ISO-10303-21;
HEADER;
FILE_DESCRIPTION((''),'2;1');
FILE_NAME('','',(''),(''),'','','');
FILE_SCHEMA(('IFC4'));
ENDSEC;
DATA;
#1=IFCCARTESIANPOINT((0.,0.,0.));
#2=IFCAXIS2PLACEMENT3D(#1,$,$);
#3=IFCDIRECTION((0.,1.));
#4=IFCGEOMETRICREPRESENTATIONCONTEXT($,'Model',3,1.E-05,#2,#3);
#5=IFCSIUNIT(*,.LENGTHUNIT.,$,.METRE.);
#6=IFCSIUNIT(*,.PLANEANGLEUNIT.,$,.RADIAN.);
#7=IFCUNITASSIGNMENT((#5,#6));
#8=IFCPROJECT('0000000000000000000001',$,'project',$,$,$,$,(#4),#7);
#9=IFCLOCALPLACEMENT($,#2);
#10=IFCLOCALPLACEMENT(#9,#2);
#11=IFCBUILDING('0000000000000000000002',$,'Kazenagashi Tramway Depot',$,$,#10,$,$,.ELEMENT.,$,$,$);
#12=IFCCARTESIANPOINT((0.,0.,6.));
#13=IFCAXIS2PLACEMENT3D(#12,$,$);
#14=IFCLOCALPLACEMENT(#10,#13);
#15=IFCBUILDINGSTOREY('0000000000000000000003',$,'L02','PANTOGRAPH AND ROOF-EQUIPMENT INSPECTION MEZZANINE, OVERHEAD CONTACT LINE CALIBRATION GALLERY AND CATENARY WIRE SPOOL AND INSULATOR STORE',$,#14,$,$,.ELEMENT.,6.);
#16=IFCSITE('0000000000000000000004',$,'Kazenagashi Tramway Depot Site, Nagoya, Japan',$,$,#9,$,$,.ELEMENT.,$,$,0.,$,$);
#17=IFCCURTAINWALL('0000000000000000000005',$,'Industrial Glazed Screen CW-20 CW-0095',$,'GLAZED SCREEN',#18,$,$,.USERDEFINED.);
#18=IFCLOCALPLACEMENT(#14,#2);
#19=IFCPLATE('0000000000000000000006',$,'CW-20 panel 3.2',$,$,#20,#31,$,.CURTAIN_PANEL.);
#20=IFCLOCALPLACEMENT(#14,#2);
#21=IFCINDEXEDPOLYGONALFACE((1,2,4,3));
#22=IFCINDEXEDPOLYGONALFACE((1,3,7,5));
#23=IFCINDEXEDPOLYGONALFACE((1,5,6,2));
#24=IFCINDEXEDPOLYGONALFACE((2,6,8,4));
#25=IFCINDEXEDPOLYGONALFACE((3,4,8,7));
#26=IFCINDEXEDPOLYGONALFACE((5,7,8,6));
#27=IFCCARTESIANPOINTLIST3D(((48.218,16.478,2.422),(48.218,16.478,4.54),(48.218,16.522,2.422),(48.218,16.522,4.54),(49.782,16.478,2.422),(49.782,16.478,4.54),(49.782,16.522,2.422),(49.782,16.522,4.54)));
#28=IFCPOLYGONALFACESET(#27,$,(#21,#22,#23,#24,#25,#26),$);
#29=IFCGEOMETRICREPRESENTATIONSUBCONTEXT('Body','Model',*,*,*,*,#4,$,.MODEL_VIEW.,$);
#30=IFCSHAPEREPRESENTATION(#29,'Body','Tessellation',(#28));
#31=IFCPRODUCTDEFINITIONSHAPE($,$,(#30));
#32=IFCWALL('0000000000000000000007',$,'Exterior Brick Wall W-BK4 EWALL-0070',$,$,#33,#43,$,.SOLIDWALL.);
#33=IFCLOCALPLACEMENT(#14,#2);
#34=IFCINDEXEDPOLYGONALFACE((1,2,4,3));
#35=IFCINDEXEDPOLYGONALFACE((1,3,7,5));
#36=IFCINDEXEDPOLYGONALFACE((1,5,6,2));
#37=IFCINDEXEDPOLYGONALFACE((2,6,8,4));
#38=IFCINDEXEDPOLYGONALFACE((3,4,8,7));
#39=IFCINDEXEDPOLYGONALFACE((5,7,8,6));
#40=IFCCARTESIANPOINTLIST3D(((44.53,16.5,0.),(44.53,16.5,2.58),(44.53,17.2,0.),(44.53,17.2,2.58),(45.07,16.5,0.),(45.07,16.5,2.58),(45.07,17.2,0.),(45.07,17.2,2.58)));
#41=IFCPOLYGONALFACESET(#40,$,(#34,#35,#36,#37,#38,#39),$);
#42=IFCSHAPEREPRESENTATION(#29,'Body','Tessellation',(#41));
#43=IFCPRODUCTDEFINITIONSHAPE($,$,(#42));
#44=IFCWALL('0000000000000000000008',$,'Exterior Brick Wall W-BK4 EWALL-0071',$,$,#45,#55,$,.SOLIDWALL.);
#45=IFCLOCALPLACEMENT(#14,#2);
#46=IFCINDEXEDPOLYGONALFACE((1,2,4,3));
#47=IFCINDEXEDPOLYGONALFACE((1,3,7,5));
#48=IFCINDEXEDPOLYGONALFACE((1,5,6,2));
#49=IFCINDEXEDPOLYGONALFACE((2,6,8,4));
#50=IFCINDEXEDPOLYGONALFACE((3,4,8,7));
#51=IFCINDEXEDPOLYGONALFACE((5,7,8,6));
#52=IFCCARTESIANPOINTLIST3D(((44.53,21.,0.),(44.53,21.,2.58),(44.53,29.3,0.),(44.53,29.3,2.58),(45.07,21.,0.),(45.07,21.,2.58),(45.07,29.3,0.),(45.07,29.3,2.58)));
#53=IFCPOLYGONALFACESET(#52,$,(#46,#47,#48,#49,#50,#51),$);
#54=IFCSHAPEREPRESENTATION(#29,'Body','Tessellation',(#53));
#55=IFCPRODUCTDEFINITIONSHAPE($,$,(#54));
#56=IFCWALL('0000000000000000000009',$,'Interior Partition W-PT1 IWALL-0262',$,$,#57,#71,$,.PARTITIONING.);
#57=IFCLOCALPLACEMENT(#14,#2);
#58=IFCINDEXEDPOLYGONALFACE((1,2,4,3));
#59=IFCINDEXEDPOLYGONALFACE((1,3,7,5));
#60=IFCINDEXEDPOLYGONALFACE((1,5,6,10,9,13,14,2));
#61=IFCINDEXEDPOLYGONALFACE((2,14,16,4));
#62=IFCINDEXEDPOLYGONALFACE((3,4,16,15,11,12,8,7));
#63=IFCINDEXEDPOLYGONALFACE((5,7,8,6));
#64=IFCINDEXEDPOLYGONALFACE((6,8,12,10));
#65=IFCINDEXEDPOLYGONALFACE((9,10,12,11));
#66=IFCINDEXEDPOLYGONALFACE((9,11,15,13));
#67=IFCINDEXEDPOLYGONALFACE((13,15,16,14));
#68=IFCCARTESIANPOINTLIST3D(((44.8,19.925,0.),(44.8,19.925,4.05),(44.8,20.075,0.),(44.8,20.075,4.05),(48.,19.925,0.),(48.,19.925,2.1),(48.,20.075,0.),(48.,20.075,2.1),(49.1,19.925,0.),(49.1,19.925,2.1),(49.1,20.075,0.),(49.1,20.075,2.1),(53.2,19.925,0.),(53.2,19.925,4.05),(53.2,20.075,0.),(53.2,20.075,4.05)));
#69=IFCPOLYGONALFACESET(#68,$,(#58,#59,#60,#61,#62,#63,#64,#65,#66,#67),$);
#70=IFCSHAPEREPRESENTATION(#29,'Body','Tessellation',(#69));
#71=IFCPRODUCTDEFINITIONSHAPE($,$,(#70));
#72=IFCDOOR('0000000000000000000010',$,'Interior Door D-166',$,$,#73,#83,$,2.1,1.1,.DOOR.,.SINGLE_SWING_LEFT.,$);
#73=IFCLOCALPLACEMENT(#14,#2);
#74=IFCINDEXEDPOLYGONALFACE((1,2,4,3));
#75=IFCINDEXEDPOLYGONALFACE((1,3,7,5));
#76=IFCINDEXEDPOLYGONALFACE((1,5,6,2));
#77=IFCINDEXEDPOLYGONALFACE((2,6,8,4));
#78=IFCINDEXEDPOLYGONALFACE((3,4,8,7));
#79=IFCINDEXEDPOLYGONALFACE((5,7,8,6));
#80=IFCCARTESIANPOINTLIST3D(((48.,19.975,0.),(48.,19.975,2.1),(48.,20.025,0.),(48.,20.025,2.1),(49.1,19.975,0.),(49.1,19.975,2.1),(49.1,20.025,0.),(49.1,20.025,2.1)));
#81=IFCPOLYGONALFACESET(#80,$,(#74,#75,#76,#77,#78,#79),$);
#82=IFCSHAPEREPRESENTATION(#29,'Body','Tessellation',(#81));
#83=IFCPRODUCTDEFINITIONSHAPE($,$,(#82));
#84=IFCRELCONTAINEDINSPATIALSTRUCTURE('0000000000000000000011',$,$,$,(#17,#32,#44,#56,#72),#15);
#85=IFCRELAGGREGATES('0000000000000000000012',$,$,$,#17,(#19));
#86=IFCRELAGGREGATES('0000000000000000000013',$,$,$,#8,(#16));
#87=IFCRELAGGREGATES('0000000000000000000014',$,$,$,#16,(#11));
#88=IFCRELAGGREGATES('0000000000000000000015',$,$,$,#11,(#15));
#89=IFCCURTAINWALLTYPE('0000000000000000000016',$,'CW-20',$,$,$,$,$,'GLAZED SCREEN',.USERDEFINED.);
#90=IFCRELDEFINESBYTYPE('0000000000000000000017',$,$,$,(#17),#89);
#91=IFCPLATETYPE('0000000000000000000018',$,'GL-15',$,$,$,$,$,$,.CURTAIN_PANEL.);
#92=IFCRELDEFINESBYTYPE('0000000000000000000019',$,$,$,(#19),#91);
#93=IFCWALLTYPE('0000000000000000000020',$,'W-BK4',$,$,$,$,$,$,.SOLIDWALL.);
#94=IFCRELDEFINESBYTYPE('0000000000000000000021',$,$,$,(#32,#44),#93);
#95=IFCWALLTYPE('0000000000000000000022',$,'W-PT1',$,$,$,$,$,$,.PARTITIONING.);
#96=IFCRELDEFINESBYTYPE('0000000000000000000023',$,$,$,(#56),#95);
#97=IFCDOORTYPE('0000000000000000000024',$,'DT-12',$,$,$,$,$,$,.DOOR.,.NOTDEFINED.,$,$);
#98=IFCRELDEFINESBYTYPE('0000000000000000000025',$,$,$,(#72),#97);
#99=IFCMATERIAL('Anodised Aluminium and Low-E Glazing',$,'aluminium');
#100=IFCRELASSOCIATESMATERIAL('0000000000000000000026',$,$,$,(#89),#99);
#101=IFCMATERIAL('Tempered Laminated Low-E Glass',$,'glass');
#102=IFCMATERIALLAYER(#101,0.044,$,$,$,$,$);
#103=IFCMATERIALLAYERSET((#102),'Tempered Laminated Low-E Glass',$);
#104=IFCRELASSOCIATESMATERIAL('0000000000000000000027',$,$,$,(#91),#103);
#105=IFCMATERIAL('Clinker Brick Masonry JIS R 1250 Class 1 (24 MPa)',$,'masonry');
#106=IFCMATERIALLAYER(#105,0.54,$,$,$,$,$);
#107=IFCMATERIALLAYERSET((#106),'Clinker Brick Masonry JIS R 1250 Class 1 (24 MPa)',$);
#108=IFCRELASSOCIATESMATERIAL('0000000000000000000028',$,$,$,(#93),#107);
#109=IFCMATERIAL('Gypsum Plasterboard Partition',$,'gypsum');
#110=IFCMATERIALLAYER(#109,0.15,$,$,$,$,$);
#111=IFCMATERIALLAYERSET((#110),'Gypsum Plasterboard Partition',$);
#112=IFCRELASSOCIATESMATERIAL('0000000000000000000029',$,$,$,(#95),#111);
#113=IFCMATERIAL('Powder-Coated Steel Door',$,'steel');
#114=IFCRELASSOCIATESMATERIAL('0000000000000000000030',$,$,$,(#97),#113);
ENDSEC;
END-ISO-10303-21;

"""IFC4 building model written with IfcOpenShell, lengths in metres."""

from ifc_helpers import new_model, si_unit, direction, frame, frame_2d, origin, origin_2d, place, context, subcontext, project, spatial, rectangle, extrude, material, layer, layer_set, type_object, element, fill, aggregate, save


model = new_model("IFC4")

# Units and contexts
model_context = context("Model", 3, precision=1e-05, world=origin(), true_north=direction((0.0, 1.0)))
body_context = subcontext(model_context, "Body", "Model", "MODEL_VIEW")
ifc_project = project(units=[si_unit("LENGTHUNIT", "METRE"), si_unit("PLANEANGLEUNIT", "RADIAN")], contexts=[model_context])

# Site, building, storey
site_placement = place(None, origin())
site = spatial("IfcSite", under=ifc_project, at=site_placement, Name="Kazenagashi Tramway Depot Site, Nagoya, Japan", CompositionType="ELEMENT", RefElevation=0.0)
building_placement = place(site_placement, origin())
building = spatial("IfcBuilding", under=site, at=building_placement, Name="Kazenagashi Tramway Depot", CompositionType="ELEMENT")
storey_placement = place(building_placement, frame((0.0, 0.0, 6.0)))
storey = spatial("IfcBuildingStorey", under=building, at=storey_placement, Name="L02", Description="PANTOGRAPH AND ROOF-EQUIPMENT INSPECTION MEZZANINE, OVERHEAD CONTACT LINE CALIBRATION GALLERY AND CATENARY WIRE SPOOL AND INSULATOR STORE", CompositionType="ELEMENT", Elevation=6.0)

# Curtain wall
ifc_material_1 = material(Name="Anodised Aluminium and Low-E Glazing", Category="aluminium")
curtain_wall_type = type_object("IfcCurtainWallType", Name="CW-20", ElementType="GLAZED SCREEN", PredefinedType="USERDEFINED", material=ifc_material_1)
curtain_wall_placement = place(storey_placement, origin())
curtain_wall = element("IfcCurtainWall", 1, at=curtain_wall_placement, inside=storey, type_object=curtain_wall_type, Name="Industrial Glazed Screen CW-20 CW-0095", ObjectType="GLAZED SCREEN", PredefinedType="USERDEFINED")

# Plate
ifc_material_2 = material(Name="Tempered Laminated Low-E Glass", Category="glass")
ifc_layer_1 = layer(ifc_material_2, 0.044)
ifc_layer_set_1 = layer_set([ifc_layer_1], Name="Tempered Laminated Low-E Glass")
plate_type = type_object("IfcPlateType", Name="GL-15", PredefinedType="CURTAIN_PANEL", material=ifc_layer_set_1)
plate_1_placement = place(storey_placement, frame((49.0, 16.5, 2.422), z_axis=(0.0, 0.0, 1.0), x_axis=(1.0, 0.0, 0.0)))
plate_1 = element("IfcPlate", 2, at=plate_1_placement, type_object=plate_type, Name="CW-20 panel 3.2", PredefinedType="CURTAIN_PANEL", context=body_context, shape_type="SweptSolid", body=[
    extrude(rectangle(XDim=1.564, YDim=0.044, at=origin_2d()), origin(), (0.0, 0.0, 1.0), 2.118),
])
aggregate(curtain_wall, [plate_1])

# Walls
ifc_material_3 = material(Name="Clinker Brick Masonry JIS R 1250 Class 1 (24 MPa)", Category="masonry")
ifc_layer_2 = layer(ifc_material_3, 0.54)
ifc_layer_set_2 = layer_set([ifc_layer_2], Name="Clinker Brick Masonry JIS R 1250 Class 1 (24 MPa)")
wall_type_1 = type_object("IfcWallType", Name="W-BK4", PredefinedType="SOLIDWALL", material=ifc_layer_set_2)
wall_1_placement = place(storey_placement, frame((44.8, 16.5, 0.0), z_axis=(0.0, 0.0, 1.0), x_axis=(0.0, 1.0, 0.0)))
element("IfcWall", 3, at=wall_1_placement, inside=storey, type_object=wall_type_1, Name="Exterior Brick Wall W-BK4 EWALL-0070", PredefinedType="SOLIDWALL", context=body_context, shape_type="SweptSolid", body=[
    extrude(rectangle(XDim=0.7, YDim=0.54, at=frame_2d((0.35, 0.0))), origin(), (0.0, 0.0, 1.0), 2.58),
])
wall_2_placement = place(storey_placement, frame((44.8, 21.0, 0.0), z_axis=(0.0, 0.0, 1.0), x_axis=(0.0, 1.0, 0.0)))
element("IfcWall", 4, at=wall_2_placement, inside=storey, type_object=wall_type_1, Name="Exterior Brick Wall W-BK4 EWALL-0071", PredefinedType="SOLIDWALL", context=body_context, shape_type="SweptSolid", body=[
    extrude(rectangle(XDim=8.3, YDim=0.54, at=frame_2d((4.15, 0.0))), origin(), (0.0, 0.0, 1.0), 2.58),
])

# Wall, opening, door
ifc_material_4 = material(Name="Gypsum Plasterboard Partition", Category="gypsum")
ifc_layer_3 = layer(ifc_material_4, 0.15)
ifc_layer_set_3 = layer_set([ifc_layer_3], Name="Gypsum Plasterboard Partition")
wall_type_2 = type_object("IfcWallType", Name="W-PT1", PredefinedType="PARTITIONING", material=ifc_layer_set_3)
wall_3_placement = place(storey_placement, frame((44.8, 20.0, 0.0), z_axis=(0.0, 0.0, 1.0), x_axis=(1.0, 0.0, 0.0)))
wall_3 = element("IfcWall", 5, at=wall_3_placement, inside=storey, type_object=wall_type_2, Name="Interior Partition W-PT1 IWALL-0262", PredefinedType="PARTITIONING", context=body_context, shape_type="SweptSolid", body=[
    extrude(rectangle(XDim=8.4, YDim=0.15, at=frame_2d((4.2, 0.0))), origin(), (0.0, 0.0, 1.0), 4.05),
])
opening_placement = place(wall_3_placement, frame((3.2, 0.0, 0.0)))
opening = element("IfcOpeningElement", 6, at=opening_placement, cuts=wall_3, PredefinedType="OPENING", context=body_context, shape_type="SweptSolid", body=[
    extrude(rectangle(XDim=1.1, YDim=2.1, at=frame_2d((0.55, 1.05))), frame((0.0, 0.085, 0.0), z_axis=(0.0, -1.0, 0.0), x_axis=(1.0, 0.0, 0.0)), (0.0, 0.0, 1.0), 0.17),
])
ifc_material_5 = material(Name="Powder-Coated Steel Door", Category="steel")
door_type = type_object("IfcDoorType", Name="DT-12", OperationType="NOTDEFINED", PredefinedType="DOOR", material=ifc_material_5)
door_placement = place(opening_placement, origin())
door = element("IfcDoor", 7, at=door_placement, inside=storey, type_object=door_type, Name="Interior Door D-166", OperationType="SINGLE_SWING_LEFT", OverallHeight=2.1, OverallWidth=1.1, PredefinedType="DOOR", context=body_context, shape_type="SweptSolid", body=[
    extrude(rectangle(XDim=1.1, YDim=2.1, at=frame_2d((0.55, 1.05))), frame((0.0, 0.025, 0.0), z_axis=(0.0, -1.0, 0.0), x_axis=(1.0, 0.0, 0.0)), (0.0, 0.0, 1.0), 0.05),
])
fill(opening, door)

save(model, "model.ifc")
